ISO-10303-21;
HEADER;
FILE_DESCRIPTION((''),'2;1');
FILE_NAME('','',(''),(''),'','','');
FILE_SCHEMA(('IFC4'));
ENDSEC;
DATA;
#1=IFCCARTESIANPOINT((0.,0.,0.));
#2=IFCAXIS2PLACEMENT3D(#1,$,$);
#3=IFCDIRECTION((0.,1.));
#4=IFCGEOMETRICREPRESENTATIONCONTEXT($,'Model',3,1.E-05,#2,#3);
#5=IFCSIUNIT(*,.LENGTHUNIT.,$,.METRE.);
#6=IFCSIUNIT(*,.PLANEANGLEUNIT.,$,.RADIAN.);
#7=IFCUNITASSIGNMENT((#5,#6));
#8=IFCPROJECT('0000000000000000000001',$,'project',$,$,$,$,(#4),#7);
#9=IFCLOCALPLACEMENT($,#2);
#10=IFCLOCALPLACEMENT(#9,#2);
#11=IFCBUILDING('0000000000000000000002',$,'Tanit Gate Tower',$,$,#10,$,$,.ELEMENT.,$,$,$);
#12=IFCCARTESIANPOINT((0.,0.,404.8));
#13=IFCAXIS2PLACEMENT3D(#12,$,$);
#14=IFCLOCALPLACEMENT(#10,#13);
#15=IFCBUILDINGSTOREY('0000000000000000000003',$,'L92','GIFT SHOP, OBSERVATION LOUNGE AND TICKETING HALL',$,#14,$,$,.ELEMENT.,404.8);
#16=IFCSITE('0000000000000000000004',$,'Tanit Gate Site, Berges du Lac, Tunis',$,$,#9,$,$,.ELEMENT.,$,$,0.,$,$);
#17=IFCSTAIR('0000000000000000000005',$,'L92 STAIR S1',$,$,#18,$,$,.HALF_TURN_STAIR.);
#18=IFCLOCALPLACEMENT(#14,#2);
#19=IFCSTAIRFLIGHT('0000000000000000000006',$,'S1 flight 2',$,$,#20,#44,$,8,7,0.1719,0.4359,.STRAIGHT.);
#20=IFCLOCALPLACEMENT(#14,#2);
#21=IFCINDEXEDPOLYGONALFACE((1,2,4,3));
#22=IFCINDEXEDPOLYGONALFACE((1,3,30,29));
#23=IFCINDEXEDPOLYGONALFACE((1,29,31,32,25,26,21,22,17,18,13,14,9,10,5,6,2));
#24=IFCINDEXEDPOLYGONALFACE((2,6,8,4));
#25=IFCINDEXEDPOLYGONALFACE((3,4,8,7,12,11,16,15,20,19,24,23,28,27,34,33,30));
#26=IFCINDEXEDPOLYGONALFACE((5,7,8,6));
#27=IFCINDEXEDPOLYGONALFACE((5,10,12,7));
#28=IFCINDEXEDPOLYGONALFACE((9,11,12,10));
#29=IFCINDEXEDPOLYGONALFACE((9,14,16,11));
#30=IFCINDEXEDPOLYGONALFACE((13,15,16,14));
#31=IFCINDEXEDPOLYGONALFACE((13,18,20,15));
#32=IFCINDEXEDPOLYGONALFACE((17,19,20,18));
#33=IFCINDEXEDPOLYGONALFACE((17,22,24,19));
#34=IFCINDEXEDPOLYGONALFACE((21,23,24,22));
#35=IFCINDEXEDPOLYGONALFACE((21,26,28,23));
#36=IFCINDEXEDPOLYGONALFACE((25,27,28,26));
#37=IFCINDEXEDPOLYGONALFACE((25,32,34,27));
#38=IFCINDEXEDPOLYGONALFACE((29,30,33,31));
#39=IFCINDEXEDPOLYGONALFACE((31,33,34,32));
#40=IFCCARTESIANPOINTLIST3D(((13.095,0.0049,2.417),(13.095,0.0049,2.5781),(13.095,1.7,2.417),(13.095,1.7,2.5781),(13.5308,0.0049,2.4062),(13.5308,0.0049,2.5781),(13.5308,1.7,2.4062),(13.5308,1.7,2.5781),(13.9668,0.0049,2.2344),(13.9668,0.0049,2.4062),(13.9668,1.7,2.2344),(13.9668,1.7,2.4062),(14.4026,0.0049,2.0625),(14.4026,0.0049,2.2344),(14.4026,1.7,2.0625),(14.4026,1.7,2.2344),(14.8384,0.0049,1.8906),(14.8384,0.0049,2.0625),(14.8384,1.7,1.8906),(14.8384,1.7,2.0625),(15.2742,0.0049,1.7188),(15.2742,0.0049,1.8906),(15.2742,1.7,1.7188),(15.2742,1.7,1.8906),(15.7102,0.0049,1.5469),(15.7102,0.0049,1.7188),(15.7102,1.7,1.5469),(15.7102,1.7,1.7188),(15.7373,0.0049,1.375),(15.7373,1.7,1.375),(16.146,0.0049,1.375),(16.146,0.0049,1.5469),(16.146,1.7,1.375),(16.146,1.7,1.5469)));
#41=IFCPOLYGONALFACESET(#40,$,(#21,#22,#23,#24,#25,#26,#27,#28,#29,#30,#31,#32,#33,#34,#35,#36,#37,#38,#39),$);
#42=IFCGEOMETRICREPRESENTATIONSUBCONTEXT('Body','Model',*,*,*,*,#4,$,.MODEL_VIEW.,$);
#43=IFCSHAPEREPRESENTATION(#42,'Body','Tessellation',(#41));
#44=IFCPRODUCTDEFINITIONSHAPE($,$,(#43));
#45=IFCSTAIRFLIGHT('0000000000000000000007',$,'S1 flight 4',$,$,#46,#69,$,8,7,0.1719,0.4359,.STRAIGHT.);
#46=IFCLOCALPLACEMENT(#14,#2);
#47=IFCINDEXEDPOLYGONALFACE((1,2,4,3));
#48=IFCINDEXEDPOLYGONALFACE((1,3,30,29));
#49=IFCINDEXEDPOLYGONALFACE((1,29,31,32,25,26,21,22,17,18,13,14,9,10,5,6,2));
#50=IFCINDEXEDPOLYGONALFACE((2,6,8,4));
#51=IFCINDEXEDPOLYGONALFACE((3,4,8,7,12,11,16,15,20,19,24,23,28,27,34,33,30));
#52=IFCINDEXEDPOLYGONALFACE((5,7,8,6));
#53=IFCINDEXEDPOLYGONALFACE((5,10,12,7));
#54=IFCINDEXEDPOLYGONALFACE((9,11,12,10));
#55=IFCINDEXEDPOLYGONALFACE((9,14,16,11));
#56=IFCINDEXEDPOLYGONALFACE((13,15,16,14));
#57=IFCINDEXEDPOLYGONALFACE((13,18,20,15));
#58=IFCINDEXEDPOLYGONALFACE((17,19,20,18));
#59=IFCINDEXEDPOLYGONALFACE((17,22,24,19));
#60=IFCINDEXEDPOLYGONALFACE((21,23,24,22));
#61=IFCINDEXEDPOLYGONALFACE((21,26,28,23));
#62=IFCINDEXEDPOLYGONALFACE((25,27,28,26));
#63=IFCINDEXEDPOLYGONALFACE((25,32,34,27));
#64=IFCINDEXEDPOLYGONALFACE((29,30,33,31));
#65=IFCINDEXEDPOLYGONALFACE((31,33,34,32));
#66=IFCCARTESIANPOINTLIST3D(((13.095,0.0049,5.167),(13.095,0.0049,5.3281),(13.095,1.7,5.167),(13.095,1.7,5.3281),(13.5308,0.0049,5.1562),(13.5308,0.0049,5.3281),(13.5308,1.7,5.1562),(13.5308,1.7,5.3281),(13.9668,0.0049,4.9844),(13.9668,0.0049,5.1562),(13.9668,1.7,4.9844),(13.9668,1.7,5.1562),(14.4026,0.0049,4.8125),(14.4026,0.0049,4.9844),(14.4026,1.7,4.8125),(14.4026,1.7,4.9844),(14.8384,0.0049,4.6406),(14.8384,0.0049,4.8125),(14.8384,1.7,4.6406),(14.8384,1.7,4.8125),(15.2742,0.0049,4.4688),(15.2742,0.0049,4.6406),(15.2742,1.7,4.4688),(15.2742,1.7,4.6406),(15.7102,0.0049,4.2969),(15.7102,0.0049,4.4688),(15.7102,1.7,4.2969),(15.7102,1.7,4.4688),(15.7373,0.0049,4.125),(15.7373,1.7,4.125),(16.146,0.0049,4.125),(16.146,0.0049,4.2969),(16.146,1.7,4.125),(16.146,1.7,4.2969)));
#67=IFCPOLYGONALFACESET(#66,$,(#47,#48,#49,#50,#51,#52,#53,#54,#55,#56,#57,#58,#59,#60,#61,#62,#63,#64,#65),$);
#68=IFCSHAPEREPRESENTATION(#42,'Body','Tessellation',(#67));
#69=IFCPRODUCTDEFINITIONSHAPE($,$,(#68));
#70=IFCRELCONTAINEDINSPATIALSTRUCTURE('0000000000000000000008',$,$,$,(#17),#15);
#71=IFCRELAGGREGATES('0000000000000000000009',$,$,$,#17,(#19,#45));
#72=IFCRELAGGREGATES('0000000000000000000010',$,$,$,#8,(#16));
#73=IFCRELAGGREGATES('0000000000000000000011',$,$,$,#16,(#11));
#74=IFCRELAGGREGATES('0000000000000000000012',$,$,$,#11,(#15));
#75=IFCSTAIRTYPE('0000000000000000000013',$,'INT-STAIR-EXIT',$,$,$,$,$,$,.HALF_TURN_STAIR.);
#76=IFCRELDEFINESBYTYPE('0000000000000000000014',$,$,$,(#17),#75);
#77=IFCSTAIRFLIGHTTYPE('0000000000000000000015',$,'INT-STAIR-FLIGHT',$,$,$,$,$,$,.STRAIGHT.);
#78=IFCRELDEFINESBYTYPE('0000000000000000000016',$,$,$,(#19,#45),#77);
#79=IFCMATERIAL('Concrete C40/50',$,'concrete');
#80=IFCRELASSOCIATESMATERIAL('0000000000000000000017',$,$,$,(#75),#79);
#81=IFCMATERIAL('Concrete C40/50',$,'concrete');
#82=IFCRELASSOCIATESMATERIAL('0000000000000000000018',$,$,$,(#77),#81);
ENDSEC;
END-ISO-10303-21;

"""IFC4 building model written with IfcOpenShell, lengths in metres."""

from ifc_helpers import new_model, si_unit, direction, frame, origin, place, context, subcontext, project, spatial, polyline, outline, extrude, material, type_object, element, aggregate, save


model = new_model("IFC4")

# Units and contexts
model_context = context("Model", 3, precision=1e-05, world=origin(), true_north=direction((0.0, 1.0)))
body_context = subcontext(model_context, "Body", "Model", "MODEL_VIEW")
ifc_project = project(units=[si_unit("LENGTHUNIT", "METRE"), si_unit("PLANEANGLEUNIT", "RADIAN")], contexts=[model_context])

# Site, building, storey
site_placement = place(None, origin())
site = spatial("IfcSite", under=ifc_project, at=site_placement, Name="Tanit Gate Site, Berges du Lac, Tunis", CompositionType="ELEMENT", RefElevation=0.0)
building_placement = place(site_placement, origin())
building = spatial("IfcBuilding", under=site, at=building_placement, Name="Tanit Gate Tower", CompositionType="ELEMENT")
storey_placement = place(building_placement, frame((0.0, 0.0, 404.8)))
storey = spatial("IfcBuildingStorey", under=building, at=storey_placement, Name="L92", Description="GIFT SHOP, OBSERVATION LOUNGE AND TICKETING HALL", CompositionType="ELEMENT", Elevation=404.8)

# Stair, stair flights
ifc_material_1 = material(Name="Concrete C40/50", Category="concrete")
stair_type = type_object("IfcStairType", Name="INT-STAIR-EXIT", PredefinedType="HALF_TURN_STAIR", material=ifc_material_1)
stair_placement = place(storey_placement, origin())
stair = element("IfcStair", 1, at=stair_placement, inside=storey, type_object=stair_type, Name="L92 STAIR S1", PredefinedType="HALF_TURN_STAIR")
ifc_material_2 = material(Name="Concrete C40/50", Category="concrete")
stair_flight_type = type_object("IfcStairFlightType", Name="INT-STAIR-FLIGHT", PredefinedType="STRAIGHT", material=ifc_material_2)
stair_flight_1_placement = place(storey_placement, frame((16.146, 0.8525, 1.375), z_axis=(0.0, 0.0, 1.0), x_axis=(-1.0, 0.0, 0.0)))
stair_flight_1 = element("IfcStairFlight", 2, at=stair_flight_1_placement, type_object=stair_flight_type, Name="S1 flight 2", NumberOfRisers=8, NumberOfTreads=7, PredefinedType="STRAIGHT", RiserHeight=0.1719, TreadLength=0.4359, context=body_context, shape_type="SweptSolid", body=[
    extrude(outline(polyline([(0.0, 0.0), (0.0, 0.1719), (0.4358, 0.1719), (0.4358, 0.3438), (0.8718, 0.3438), (0.8718, 0.5156), (1.3076, 0.5156), (1.3076, 0.6875), (1.7434, 0.6875), (1.7434, 0.8594), (2.1792, 0.8594), (2.1792, 1.0312), (2.6152, 1.0312), (2.6152, 1.2031), (3.051, 1.2031), (3.051, 1.375), (3.051, 1.042), (0.4087, 0.0), (0.0, 0.0)])), frame((0.0, 0.8477, 0.0), z_axis=(0.0, -1.0, 0.0), x_axis=(1.0, 0.0, 0.0)), (0.0, 0.0, 1.0), 1.6951),
])
stair_flight_2_placement = place(storey_placement, frame((16.146, 0.8525, 4.125), z_axis=(0.0, 0.0, 1.0), x_axis=(-1.0, 0.0, 0.0)))
stair_flight_2 = element("IfcStairFlight", 3, at=stair_flight_2_placement, type_object=stair_flight_type, Name="S1 flight 4", NumberOfRisers=8, NumberOfTreads=7, PredefinedType="STRAIGHT", RiserHeight=0.1719, TreadLength=0.4359, context=body_context, shape_type="SweptSolid", body=[
    extrude(outline(polyline([(0.0, 0.0), (0.0, 0.1719), (0.4358, 0.1719), (0.4358, 0.3438), (0.8718, 0.3438), (0.8718, 0.5156), (1.3076, 0.5156), (1.3076, 0.6875), (1.7434, 0.6875), (1.7434, 0.8594), (2.1792, 0.8594), (2.1792, 1.0312), (2.6152, 1.0312), (2.6152, 1.2031), (3.051, 1.2031), (3.051, 1.375), (3.051, 1.042), (0.4087, 0.0), (0.0, 0.0)])), frame((0.0, 0.8477, 0.0), z_axis=(0.0, -1.0, 0.0), x_axis=(1.0, 0.0, 0.0)), (0.0, 0.0, 1.0), 1.6951),
])
aggregate(stair, [stair_flight_1, stair_flight_2])

save(model, "model.ifc")
